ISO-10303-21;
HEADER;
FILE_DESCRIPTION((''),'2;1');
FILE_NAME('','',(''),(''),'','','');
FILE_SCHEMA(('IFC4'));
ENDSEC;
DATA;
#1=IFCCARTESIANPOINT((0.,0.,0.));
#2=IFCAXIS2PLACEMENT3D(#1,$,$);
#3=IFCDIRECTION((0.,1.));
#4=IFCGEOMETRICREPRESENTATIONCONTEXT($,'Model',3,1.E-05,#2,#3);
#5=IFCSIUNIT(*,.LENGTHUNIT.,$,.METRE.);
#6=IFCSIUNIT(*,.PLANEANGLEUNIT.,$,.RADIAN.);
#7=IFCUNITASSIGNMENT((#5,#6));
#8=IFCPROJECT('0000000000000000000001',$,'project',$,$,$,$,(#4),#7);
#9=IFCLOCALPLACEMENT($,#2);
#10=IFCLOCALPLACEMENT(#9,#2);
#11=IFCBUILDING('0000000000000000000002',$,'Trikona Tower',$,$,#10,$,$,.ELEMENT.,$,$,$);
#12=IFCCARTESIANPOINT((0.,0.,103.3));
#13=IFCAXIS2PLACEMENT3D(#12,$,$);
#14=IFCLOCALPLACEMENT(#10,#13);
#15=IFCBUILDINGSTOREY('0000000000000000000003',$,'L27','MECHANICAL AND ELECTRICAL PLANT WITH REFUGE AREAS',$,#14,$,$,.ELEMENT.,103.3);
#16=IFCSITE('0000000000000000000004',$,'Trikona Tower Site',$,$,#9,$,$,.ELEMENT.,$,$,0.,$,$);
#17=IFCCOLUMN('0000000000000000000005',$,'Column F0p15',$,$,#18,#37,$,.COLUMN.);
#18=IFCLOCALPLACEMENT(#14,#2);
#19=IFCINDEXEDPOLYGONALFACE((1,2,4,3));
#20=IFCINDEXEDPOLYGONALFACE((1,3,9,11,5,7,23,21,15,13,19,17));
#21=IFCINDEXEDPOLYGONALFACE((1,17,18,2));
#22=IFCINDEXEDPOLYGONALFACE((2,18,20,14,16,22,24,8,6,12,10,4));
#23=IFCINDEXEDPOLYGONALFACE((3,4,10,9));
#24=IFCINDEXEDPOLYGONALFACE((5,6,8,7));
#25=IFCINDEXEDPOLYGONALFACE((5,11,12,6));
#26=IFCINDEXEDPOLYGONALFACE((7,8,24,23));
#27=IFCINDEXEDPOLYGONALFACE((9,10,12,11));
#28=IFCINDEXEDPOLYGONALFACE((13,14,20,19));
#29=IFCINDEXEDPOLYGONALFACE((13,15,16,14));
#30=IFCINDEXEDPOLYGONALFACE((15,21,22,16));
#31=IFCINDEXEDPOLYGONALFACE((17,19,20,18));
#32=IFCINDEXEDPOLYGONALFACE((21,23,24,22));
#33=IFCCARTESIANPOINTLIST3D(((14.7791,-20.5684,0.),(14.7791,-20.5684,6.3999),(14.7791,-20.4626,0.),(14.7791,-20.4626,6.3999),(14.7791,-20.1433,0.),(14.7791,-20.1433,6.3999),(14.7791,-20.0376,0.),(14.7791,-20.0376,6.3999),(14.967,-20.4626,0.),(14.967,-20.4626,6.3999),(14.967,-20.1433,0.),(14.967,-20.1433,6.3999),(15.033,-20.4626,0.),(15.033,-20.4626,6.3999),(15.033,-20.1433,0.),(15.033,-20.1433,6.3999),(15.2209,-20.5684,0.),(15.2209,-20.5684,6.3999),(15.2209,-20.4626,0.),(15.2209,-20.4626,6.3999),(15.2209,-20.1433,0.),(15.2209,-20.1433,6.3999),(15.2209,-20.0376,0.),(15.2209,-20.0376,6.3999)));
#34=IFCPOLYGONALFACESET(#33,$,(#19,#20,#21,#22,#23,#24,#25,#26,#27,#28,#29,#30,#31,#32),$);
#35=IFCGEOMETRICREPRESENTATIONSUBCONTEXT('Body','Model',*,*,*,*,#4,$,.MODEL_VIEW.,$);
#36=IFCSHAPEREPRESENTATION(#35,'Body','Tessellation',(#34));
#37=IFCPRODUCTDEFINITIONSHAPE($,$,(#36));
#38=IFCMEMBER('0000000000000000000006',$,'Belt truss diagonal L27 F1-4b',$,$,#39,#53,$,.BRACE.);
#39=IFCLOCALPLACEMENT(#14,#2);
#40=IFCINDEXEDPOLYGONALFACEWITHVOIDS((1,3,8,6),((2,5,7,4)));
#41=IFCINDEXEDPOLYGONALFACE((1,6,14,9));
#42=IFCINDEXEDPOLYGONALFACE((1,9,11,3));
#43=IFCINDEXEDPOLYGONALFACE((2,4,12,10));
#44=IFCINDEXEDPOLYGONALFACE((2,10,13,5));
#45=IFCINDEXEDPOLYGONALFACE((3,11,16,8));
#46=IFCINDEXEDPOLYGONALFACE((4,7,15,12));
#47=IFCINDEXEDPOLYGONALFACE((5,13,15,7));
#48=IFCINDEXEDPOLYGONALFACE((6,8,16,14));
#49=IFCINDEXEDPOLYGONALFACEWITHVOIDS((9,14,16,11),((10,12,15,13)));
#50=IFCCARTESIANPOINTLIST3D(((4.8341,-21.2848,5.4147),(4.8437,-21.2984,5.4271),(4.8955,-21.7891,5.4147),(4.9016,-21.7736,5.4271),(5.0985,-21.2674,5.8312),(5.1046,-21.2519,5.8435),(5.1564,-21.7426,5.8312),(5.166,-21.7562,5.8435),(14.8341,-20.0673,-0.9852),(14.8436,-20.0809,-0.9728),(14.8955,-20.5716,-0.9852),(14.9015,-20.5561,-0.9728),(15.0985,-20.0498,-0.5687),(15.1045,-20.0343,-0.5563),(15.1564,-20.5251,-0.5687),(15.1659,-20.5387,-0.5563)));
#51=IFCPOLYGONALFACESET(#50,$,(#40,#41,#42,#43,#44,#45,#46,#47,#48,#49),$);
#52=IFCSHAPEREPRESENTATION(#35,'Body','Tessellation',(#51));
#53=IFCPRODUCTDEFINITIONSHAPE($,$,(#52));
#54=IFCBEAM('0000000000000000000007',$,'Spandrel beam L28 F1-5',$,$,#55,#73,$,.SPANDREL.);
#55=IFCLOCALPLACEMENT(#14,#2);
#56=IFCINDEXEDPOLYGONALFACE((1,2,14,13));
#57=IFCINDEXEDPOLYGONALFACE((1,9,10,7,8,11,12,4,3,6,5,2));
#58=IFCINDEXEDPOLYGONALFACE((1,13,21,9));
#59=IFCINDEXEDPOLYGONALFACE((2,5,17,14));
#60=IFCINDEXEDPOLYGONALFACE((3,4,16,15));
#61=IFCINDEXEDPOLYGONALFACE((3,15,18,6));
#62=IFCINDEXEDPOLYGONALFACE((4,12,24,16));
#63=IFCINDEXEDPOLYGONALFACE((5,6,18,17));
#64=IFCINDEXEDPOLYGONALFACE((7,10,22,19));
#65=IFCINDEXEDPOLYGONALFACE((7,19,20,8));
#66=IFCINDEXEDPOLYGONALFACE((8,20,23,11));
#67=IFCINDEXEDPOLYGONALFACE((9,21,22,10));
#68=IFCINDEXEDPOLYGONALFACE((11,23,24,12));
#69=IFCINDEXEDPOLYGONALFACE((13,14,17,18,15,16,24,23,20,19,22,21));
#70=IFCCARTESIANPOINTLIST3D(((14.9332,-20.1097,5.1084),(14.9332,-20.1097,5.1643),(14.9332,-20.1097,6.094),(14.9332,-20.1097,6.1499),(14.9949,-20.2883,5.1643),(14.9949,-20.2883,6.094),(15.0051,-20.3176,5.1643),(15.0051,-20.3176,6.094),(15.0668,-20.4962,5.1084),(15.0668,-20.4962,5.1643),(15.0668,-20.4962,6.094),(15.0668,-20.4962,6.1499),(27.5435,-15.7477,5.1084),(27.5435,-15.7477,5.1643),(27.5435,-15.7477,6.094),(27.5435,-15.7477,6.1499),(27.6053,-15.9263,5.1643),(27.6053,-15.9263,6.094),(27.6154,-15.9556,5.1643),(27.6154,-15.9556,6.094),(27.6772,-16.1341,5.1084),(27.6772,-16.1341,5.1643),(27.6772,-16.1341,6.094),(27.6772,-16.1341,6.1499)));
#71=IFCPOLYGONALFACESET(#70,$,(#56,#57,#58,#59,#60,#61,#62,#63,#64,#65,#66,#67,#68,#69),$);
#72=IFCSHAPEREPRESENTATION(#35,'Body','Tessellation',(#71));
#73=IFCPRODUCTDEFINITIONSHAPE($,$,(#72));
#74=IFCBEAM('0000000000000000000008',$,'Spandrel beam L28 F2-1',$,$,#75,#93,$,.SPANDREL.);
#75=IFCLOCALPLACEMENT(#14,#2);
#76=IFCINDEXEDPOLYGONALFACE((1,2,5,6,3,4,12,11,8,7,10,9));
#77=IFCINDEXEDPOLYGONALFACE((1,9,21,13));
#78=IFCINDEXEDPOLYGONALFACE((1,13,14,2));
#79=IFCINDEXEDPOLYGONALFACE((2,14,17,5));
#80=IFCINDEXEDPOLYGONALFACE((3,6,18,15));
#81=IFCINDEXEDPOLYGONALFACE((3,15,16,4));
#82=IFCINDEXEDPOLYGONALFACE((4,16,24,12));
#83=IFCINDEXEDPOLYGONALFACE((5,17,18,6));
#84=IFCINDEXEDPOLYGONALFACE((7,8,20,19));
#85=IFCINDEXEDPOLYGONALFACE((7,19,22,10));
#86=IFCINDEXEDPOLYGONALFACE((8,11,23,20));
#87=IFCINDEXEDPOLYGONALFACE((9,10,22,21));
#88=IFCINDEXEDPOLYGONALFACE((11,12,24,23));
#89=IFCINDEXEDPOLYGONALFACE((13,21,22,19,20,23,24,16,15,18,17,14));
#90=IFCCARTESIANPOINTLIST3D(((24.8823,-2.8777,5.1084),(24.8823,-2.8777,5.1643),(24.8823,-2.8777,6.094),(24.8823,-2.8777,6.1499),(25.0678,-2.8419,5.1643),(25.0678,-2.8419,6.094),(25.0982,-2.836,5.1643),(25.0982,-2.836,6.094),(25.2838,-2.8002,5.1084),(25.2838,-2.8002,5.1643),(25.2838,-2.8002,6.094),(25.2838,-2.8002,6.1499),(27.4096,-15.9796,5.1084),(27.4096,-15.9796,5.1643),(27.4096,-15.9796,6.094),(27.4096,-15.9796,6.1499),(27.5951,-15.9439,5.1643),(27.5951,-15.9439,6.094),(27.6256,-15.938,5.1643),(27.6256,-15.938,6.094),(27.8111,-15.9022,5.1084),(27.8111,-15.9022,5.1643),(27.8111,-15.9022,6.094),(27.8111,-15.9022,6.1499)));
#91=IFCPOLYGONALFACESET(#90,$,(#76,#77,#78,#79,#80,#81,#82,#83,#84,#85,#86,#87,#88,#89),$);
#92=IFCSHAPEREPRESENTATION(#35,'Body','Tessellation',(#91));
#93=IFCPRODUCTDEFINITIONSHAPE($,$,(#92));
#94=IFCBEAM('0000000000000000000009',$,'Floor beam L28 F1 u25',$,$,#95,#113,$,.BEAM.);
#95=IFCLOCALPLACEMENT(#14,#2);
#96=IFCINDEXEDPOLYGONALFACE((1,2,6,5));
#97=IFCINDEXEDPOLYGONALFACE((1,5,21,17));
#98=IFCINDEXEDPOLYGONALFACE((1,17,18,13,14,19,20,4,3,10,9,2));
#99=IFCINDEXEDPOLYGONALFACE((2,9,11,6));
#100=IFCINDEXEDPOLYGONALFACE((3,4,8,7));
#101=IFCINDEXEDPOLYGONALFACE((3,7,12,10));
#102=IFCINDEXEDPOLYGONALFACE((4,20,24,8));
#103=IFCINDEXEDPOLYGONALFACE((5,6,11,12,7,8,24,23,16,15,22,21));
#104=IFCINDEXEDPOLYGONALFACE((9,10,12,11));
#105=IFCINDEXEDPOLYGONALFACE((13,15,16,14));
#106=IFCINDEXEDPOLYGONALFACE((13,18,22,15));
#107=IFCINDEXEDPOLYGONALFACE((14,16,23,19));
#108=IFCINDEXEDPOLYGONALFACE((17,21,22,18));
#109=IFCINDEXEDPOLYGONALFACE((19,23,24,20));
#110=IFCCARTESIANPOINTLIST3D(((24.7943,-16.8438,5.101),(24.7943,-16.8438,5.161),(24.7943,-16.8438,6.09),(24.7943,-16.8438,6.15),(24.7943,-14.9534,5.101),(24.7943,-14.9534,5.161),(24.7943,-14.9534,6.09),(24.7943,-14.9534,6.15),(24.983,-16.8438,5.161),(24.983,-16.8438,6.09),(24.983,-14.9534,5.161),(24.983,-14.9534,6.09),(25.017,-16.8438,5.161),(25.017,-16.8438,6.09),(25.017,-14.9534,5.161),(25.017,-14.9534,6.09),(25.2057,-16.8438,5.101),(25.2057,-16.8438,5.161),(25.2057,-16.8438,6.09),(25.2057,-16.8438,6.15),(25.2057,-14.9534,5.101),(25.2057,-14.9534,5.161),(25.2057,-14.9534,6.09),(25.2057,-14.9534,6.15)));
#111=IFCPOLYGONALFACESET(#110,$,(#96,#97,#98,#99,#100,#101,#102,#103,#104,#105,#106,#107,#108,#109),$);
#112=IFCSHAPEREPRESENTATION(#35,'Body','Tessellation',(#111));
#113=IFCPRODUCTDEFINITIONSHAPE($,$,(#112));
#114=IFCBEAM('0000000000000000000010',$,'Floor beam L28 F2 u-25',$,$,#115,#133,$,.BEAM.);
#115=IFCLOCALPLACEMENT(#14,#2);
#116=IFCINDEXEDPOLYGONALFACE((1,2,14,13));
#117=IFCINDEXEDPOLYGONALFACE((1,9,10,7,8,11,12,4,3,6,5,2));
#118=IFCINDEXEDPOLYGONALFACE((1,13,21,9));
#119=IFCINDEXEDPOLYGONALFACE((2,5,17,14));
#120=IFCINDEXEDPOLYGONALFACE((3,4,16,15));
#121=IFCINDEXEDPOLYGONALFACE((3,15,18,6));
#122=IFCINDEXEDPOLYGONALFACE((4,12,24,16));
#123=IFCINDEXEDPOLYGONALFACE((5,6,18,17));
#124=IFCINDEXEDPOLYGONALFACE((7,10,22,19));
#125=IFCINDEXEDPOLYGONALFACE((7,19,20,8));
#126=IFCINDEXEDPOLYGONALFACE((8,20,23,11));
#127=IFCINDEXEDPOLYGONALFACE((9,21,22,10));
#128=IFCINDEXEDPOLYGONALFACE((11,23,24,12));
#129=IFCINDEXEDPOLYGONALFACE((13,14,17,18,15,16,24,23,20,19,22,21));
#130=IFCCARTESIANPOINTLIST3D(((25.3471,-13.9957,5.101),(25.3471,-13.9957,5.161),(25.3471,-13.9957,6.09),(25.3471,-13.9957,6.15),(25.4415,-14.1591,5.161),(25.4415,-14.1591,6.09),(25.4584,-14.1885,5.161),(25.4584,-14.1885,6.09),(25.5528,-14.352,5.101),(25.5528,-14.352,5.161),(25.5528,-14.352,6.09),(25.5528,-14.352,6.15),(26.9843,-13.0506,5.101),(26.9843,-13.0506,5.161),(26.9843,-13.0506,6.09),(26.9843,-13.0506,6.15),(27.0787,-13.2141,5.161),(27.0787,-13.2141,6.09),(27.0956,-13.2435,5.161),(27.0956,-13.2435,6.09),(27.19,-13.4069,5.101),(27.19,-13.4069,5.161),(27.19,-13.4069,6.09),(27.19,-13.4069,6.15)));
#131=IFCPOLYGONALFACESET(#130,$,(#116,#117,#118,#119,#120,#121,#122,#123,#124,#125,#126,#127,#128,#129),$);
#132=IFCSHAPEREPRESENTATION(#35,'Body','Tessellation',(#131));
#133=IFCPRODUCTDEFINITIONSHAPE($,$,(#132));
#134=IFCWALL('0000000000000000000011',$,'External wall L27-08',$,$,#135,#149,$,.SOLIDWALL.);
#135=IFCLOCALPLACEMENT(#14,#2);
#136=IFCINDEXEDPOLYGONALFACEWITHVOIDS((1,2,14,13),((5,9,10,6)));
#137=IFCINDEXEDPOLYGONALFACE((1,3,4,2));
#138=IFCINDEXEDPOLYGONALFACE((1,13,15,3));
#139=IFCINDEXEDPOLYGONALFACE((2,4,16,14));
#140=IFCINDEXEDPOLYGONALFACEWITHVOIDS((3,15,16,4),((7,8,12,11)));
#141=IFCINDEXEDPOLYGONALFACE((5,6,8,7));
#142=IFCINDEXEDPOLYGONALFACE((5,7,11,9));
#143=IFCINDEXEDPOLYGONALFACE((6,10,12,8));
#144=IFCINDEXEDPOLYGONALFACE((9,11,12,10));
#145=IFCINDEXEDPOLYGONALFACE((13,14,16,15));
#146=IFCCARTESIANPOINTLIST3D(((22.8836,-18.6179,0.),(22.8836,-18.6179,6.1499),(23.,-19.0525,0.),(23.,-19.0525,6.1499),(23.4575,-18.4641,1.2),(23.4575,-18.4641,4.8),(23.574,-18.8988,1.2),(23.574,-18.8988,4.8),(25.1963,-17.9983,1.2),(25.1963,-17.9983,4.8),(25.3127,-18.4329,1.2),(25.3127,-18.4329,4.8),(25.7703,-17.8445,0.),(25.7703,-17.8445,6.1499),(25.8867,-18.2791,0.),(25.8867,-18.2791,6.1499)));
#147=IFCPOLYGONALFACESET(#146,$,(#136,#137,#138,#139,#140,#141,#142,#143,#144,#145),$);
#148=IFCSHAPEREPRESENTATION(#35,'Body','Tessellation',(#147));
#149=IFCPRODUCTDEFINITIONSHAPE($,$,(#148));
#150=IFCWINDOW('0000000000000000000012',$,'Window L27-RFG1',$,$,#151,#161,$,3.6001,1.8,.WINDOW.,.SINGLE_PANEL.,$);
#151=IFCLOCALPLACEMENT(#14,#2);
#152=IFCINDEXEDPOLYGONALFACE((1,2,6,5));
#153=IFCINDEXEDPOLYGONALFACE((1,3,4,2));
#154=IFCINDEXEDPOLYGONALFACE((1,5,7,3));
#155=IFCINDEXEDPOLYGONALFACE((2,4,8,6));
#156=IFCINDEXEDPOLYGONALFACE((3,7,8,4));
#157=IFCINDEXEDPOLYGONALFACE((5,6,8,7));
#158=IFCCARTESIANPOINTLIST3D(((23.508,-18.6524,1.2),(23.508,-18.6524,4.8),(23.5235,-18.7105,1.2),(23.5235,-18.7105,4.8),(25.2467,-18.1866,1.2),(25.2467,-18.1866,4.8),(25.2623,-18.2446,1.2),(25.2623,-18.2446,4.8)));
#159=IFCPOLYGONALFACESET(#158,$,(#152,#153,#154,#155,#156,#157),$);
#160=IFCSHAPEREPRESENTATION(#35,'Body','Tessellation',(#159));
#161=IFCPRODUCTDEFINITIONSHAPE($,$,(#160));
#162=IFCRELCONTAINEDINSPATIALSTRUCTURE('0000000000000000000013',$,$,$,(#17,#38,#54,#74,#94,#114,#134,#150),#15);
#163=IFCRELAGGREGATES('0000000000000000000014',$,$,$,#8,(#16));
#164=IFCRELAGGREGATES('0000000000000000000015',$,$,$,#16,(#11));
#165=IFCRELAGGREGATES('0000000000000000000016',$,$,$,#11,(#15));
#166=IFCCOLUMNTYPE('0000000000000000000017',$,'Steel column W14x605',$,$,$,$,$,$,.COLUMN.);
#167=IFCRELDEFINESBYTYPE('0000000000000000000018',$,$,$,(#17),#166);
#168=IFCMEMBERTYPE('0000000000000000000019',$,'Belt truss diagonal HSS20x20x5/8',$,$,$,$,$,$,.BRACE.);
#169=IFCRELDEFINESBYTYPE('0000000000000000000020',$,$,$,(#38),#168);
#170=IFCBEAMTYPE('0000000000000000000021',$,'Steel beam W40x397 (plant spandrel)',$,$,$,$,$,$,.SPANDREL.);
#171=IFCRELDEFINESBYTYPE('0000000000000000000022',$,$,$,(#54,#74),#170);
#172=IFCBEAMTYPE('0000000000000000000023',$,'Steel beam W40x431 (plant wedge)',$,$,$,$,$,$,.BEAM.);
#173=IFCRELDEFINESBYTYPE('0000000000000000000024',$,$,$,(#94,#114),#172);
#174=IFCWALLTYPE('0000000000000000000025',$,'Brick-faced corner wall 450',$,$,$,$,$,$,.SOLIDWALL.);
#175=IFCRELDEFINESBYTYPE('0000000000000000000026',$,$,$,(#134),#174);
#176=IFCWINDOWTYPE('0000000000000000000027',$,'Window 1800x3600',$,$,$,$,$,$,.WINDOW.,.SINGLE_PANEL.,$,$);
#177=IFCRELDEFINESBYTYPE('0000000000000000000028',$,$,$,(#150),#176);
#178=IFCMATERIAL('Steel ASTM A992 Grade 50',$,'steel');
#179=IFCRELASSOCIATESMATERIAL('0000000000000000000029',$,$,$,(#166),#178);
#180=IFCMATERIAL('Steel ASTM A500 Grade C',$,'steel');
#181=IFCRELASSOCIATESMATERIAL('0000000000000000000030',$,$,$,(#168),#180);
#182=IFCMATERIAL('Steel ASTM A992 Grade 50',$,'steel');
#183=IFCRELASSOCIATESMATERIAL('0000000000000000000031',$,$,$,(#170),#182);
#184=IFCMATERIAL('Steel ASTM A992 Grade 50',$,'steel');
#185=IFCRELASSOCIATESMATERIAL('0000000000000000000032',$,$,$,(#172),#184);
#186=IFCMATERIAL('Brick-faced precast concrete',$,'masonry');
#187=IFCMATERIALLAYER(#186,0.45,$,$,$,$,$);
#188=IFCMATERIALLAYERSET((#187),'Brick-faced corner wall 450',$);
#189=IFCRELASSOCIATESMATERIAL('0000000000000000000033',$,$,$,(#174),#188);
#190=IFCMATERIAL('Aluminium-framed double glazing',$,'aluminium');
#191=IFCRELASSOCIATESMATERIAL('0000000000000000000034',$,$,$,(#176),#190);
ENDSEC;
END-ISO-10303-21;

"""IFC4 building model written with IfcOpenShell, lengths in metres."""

from ifc_helpers import new_model, si_unit, direction, frame, frame_2d, origin, origin_2d, place, context, subcontext, project, spatial, rectangle, hollow_rectangle, i_section, extrude, material, layer, layer_set, material_profile, profile_set, type_object, element, fill, save


model = new_model("IFC4")

# Units and contexts
model_context = context("Model", 3, precision=1e-05, world=origin(), true_north=direction((0.0, 1.0)))
body_context = subcontext(model_context, "Body", "Model", "MODEL_VIEW")
ifc_project = project(units=[si_unit("LENGTHUNIT", "METRE"), si_unit("PLANEANGLEUNIT", "RADIAN")], contexts=[model_context])

# Site, building, storey
site_placement = place(None, origin())
site = spatial("IfcSite", under=ifc_project, at=site_placement, Name="Trikona Tower Site", CompositionType="ELEMENT", RefElevation=0.0)
building_placement = place(site_placement, origin())
building = spatial("IfcBuilding", under=site, at=building_placement, Name="Trikona Tower", CompositionType="ELEMENT")
storey_placement = place(building_placement, frame((0.0, 0.0, 103.3)))
storey = spatial("IfcBuildingStorey", under=building, at=storey_placement, Name="L27", Description="MECHANICAL AND ELECTRICAL PLANT WITH REFUGE AREAS", CompositionType="ELEMENT", Elevation=103.3)

# Column
ifc_material_1 = material(Name="Steel ASTM A992 Grade 50", Category="steel")
ifc_material_profile_1 = material_profile(ifc_material_1, i_section(OverallWidth=0.4419, OverallDepth=0.5308, WebThickness=0.0659, FlangeThickness=0.1057, at=origin_2d()), Name="W14X605")
ifc_profile_set_1 = profile_set([ifc_material_profile_1], Name="Steel ASTM A992 Grade 50")
column_type = type_object("IfcColumnType", Name="Steel column W14x605", PredefinedType="COLUMN", material=ifc_profile_set_1)
column_placement = place(storey_placement, frame((15.0, -20.303, 0.0), z_axis=(0.0, 0.0, 1.0), x_axis=(1.0, 0.0, 0.0)))
element("IfcColumn", 1, at=column_placement, inside=storey, type_object=column_type, Name="Column F0p15", PredefinedType="COLUMN", context=body_context, shape_type="SweptSolid", body=[
    extrude(i_section(OverallWidth=0.4419, OverallDepth=0.5308, WebThickness=0.0659, FlangeThickness=0.1057, at=origin_2d()), origin(), (0.0, 0.0, 1.0), 6.3999),
])

# Member
ifc_material_2 = material(Name="Steel ASTM A500 Grade C", Category="steel")
ifc_material_profile_2 = material_profile(ifc_material_2, hollow_rectangle(XDim=0.5081, YDim=0.5081, WallThickness=0.0146, at=origin_2d()), Name="HSS20X20X5/8")
ifc_profile_set_2 = profile_set([ifc_material_profile_2], Name="Steel ASTM A500 Grade C")
member_type = type_object("IfcMemberType", Name="Belt truss diagonal HSS20x20x5/8", PredefinedType="BRACE", material=ifc_profile_set_2)
member_placement = place(storey_placement, frame((15.0, -20.303, -0.7708), z_axis=(-0.837881, -0.102014, 0.536236), x_axis=(0.12086, -0.99267, 0.0)))
element("IfcMember", 2, at=member_placement, inside=storey, type_object=member_type, Name="Belt truss diagonal L27 F1-4b", PredefinedType="BRACE", context=body_context, shape_type="SweptSolid", body=[
    extrude(hollow_rectangle(XDim=0.5081, YDim=0.5081, WallThickness=0.0146, at=origin_2d()), origin(), (0.0, 0.0, 1.0), 11.9348),
])

# Beams
ifc_material_3 = material(Name="Steel ASTM A992 Grade 50", Category="steel")
ifc_material_profile_3 = material_profile(ifc_material_3, i_section(OverallWidth=0.4089, OverallDepth=1.0415, WebThickness=0.031, FlangeThickness=0.0559, at=origin_2d()), Name="W40X397")
ifc_profile_set_3 = profile_set([ifc_material_profile_3], Name="Steel ASTM A992 Grade 50")
beam_type_1 = type_object("IfcBeamType", Name="Steel beam W40x397 (plant spandrel)", PredefinedType="SPANDREL", material=ifc_profile_set_3)
for number, where, z_axis, x_axis, name in (
    (3, (15.0, -20.303, 5.6292), (0.945057, 0.326906, 0.0), (-0.326906, 0.945057, 0.0), "Spandrel beam L28 F1-5"),
    (4, (27.6104, -15.9409, 5.6292), (-0.189405, 0.981899, 0.0), (-0.981899, -0.189405, 0.0), "Spandrel beam L28 F2-1"),
):
    element("IfcBeam", number, at=place(storey_placement, frame(where, z_axis=z_axis, x_axis=x_axis)), inside=storey, type_object=beam_type_1, Name=name, PredefinedType="SPANDREL", context=body_context, shape_type="SweptSolid", body=[
        extrude(i_section(OverallWidth=0.4089, OverallDepth=1.0415, WebThickness=0.031, FlangeThickness=0.0559, at=origin_2d()), origin(), (0.0, 0.0, 1.0), 13.3435),
    ])
ifc_material_4 = material(Name="Steel ASTM A992 Grade 50", Category="steel")
ifc_material_profile_4 = material_profile(ifc_material_4, i_section(OverallWidth=0.4114, OverallDepth=1.0491, WebThickness=0.0339, FlangeThickness=0.0601, at=origin_2d()), Name="W40X431")
ifc_profile_set_4 = profile_set([ifc_material_profile_4], Name="Steel ASTM A992 Grade 50")
beam_type_2 = type_object("IfcBeamType", Name="Steel beam W40x431 (plant wedge)", PredefinedType="BEAM", material=ifc_profile_set_4)
for number, where, z_axis, x_axis, name in (
    (5, (25.0, -14.9534, 5.6255), (0.0, -1.0, 0.0), (1.0, 0.0, 0.0), "Floor beam L28 F1 u25"),
    (6, (25.45, -14.1738, 5.6255), (0.866065, 0.499931, 0.0), (-0.499931, 0.866065, 0.0), "Floor beam L28 F2 u-25"),
):
    element("IfcBeam", number, at=place(storey_placement, frame(where, z_axis=z_axis, x_axis=x_axis)), inside=storey, type_object=beam_type_2, Name=name, PredefinedType="BEAM", context=body_context, shape_type="SweptSolid", body=[
        extrude(i_section(OverallWidth=0.4114, OverallDepth=1.0491, WebThickness=0.0339, FlangeThickness=0.0601, at=origin_2d()), origin(), (0.0, 0.0, 1.0), 1.8904),
    ])

# Wall, opening, window
ifc_material_5 = material(Name="Brick-faced precast concrete", Category="masonry")
ifc_layer_1 = layer(ifc_material_5, 0.45)
ifc_layer_set_1 = layer_set([ifc_layer_1], Name="Brick-faced corner wall 450")
wall_type_1 = type_object("IfcWallType", Name="Brick-faced corner wall 450", PredefinedType="SOLIDWALL", material=ifc_layer_set_1)
wall_1_placement = place(storey_placement, frame((22.9419, -18.8352, 0.0), z_axis=(0.0, 0.0, 1.0), x_axis=(0.965931, 0.258801, 0.0)))
wall_1 = element("IfcWall", 7, at=wall_1_placement, inside=storey, type_object=wall_type_1, Name="External wall L27-08", PredefinedType="SOLIDWALL", context=body_context, shape_type="SweptSolid", body=[
    extrude(rectangle(XDim=2.9885, YDim=0.45, at=frame_2d((1.4941, 0.0))), origin(), (0.0, 0.0, 1.0), 6.1499),
])
opening_1_placement = place(wall_1_placement, frame((0.5942, 0.0, 1.2)))
opening_1 = element("IfcOpeningElement", 8, at=opening_1_placement, cuts=wall_1, PredefinedType="OPENING", context=body_context, shape_type="SweptSolid", body=[
    extrude(rectangle(XDim=1.8, YDim=3.6001, at=frame_2d((0.8999, 1.8))), frame((0.0, 0.2349, 0.0), z_axis=(0.0, -1.0, 0.0), x_axis=(1.0, 0.0, 0.0)), (0.0, 0.0, 1.0), 0.47),
])
ifc_material_6 = material(Name="Aluminium-framed double glazing", Category="aluminium")
window_type_1 = type_object("IfcWindowType", Name="Window 1800x3600", PartitioningType="SINGLE_PANEL", PredefinedType="WINDOW", material=ifc_material_6)
window_1_placement = place(opening_1_placement, origin())
window_1 = element("IfcWindow", 9, at=window_1_placement, inside=storey, type_object=window_type_1, Name="Window L27-RFG1", OverallHeight=3.6001, OverallWidth=1.8, PartitioningType="SINGLE_PANEL", PredefinedType="WINDOW", context=body_context, shape_type="SweptSolid", body=[
    extrude(rectangle(XDim=1.8, YDim=3.6001, at=frame_2d((0.8999, 1.8))), frame((0.0, 0.03, 0.0), z_axis=(0.0, -1.0, 0.0), x_axis=(1.0, 0.0, 0.0)), (0.0, 0.0, 1.0), 0.0601),
])
fill(opening_1, window_1)

save(model, "model.ifc")
